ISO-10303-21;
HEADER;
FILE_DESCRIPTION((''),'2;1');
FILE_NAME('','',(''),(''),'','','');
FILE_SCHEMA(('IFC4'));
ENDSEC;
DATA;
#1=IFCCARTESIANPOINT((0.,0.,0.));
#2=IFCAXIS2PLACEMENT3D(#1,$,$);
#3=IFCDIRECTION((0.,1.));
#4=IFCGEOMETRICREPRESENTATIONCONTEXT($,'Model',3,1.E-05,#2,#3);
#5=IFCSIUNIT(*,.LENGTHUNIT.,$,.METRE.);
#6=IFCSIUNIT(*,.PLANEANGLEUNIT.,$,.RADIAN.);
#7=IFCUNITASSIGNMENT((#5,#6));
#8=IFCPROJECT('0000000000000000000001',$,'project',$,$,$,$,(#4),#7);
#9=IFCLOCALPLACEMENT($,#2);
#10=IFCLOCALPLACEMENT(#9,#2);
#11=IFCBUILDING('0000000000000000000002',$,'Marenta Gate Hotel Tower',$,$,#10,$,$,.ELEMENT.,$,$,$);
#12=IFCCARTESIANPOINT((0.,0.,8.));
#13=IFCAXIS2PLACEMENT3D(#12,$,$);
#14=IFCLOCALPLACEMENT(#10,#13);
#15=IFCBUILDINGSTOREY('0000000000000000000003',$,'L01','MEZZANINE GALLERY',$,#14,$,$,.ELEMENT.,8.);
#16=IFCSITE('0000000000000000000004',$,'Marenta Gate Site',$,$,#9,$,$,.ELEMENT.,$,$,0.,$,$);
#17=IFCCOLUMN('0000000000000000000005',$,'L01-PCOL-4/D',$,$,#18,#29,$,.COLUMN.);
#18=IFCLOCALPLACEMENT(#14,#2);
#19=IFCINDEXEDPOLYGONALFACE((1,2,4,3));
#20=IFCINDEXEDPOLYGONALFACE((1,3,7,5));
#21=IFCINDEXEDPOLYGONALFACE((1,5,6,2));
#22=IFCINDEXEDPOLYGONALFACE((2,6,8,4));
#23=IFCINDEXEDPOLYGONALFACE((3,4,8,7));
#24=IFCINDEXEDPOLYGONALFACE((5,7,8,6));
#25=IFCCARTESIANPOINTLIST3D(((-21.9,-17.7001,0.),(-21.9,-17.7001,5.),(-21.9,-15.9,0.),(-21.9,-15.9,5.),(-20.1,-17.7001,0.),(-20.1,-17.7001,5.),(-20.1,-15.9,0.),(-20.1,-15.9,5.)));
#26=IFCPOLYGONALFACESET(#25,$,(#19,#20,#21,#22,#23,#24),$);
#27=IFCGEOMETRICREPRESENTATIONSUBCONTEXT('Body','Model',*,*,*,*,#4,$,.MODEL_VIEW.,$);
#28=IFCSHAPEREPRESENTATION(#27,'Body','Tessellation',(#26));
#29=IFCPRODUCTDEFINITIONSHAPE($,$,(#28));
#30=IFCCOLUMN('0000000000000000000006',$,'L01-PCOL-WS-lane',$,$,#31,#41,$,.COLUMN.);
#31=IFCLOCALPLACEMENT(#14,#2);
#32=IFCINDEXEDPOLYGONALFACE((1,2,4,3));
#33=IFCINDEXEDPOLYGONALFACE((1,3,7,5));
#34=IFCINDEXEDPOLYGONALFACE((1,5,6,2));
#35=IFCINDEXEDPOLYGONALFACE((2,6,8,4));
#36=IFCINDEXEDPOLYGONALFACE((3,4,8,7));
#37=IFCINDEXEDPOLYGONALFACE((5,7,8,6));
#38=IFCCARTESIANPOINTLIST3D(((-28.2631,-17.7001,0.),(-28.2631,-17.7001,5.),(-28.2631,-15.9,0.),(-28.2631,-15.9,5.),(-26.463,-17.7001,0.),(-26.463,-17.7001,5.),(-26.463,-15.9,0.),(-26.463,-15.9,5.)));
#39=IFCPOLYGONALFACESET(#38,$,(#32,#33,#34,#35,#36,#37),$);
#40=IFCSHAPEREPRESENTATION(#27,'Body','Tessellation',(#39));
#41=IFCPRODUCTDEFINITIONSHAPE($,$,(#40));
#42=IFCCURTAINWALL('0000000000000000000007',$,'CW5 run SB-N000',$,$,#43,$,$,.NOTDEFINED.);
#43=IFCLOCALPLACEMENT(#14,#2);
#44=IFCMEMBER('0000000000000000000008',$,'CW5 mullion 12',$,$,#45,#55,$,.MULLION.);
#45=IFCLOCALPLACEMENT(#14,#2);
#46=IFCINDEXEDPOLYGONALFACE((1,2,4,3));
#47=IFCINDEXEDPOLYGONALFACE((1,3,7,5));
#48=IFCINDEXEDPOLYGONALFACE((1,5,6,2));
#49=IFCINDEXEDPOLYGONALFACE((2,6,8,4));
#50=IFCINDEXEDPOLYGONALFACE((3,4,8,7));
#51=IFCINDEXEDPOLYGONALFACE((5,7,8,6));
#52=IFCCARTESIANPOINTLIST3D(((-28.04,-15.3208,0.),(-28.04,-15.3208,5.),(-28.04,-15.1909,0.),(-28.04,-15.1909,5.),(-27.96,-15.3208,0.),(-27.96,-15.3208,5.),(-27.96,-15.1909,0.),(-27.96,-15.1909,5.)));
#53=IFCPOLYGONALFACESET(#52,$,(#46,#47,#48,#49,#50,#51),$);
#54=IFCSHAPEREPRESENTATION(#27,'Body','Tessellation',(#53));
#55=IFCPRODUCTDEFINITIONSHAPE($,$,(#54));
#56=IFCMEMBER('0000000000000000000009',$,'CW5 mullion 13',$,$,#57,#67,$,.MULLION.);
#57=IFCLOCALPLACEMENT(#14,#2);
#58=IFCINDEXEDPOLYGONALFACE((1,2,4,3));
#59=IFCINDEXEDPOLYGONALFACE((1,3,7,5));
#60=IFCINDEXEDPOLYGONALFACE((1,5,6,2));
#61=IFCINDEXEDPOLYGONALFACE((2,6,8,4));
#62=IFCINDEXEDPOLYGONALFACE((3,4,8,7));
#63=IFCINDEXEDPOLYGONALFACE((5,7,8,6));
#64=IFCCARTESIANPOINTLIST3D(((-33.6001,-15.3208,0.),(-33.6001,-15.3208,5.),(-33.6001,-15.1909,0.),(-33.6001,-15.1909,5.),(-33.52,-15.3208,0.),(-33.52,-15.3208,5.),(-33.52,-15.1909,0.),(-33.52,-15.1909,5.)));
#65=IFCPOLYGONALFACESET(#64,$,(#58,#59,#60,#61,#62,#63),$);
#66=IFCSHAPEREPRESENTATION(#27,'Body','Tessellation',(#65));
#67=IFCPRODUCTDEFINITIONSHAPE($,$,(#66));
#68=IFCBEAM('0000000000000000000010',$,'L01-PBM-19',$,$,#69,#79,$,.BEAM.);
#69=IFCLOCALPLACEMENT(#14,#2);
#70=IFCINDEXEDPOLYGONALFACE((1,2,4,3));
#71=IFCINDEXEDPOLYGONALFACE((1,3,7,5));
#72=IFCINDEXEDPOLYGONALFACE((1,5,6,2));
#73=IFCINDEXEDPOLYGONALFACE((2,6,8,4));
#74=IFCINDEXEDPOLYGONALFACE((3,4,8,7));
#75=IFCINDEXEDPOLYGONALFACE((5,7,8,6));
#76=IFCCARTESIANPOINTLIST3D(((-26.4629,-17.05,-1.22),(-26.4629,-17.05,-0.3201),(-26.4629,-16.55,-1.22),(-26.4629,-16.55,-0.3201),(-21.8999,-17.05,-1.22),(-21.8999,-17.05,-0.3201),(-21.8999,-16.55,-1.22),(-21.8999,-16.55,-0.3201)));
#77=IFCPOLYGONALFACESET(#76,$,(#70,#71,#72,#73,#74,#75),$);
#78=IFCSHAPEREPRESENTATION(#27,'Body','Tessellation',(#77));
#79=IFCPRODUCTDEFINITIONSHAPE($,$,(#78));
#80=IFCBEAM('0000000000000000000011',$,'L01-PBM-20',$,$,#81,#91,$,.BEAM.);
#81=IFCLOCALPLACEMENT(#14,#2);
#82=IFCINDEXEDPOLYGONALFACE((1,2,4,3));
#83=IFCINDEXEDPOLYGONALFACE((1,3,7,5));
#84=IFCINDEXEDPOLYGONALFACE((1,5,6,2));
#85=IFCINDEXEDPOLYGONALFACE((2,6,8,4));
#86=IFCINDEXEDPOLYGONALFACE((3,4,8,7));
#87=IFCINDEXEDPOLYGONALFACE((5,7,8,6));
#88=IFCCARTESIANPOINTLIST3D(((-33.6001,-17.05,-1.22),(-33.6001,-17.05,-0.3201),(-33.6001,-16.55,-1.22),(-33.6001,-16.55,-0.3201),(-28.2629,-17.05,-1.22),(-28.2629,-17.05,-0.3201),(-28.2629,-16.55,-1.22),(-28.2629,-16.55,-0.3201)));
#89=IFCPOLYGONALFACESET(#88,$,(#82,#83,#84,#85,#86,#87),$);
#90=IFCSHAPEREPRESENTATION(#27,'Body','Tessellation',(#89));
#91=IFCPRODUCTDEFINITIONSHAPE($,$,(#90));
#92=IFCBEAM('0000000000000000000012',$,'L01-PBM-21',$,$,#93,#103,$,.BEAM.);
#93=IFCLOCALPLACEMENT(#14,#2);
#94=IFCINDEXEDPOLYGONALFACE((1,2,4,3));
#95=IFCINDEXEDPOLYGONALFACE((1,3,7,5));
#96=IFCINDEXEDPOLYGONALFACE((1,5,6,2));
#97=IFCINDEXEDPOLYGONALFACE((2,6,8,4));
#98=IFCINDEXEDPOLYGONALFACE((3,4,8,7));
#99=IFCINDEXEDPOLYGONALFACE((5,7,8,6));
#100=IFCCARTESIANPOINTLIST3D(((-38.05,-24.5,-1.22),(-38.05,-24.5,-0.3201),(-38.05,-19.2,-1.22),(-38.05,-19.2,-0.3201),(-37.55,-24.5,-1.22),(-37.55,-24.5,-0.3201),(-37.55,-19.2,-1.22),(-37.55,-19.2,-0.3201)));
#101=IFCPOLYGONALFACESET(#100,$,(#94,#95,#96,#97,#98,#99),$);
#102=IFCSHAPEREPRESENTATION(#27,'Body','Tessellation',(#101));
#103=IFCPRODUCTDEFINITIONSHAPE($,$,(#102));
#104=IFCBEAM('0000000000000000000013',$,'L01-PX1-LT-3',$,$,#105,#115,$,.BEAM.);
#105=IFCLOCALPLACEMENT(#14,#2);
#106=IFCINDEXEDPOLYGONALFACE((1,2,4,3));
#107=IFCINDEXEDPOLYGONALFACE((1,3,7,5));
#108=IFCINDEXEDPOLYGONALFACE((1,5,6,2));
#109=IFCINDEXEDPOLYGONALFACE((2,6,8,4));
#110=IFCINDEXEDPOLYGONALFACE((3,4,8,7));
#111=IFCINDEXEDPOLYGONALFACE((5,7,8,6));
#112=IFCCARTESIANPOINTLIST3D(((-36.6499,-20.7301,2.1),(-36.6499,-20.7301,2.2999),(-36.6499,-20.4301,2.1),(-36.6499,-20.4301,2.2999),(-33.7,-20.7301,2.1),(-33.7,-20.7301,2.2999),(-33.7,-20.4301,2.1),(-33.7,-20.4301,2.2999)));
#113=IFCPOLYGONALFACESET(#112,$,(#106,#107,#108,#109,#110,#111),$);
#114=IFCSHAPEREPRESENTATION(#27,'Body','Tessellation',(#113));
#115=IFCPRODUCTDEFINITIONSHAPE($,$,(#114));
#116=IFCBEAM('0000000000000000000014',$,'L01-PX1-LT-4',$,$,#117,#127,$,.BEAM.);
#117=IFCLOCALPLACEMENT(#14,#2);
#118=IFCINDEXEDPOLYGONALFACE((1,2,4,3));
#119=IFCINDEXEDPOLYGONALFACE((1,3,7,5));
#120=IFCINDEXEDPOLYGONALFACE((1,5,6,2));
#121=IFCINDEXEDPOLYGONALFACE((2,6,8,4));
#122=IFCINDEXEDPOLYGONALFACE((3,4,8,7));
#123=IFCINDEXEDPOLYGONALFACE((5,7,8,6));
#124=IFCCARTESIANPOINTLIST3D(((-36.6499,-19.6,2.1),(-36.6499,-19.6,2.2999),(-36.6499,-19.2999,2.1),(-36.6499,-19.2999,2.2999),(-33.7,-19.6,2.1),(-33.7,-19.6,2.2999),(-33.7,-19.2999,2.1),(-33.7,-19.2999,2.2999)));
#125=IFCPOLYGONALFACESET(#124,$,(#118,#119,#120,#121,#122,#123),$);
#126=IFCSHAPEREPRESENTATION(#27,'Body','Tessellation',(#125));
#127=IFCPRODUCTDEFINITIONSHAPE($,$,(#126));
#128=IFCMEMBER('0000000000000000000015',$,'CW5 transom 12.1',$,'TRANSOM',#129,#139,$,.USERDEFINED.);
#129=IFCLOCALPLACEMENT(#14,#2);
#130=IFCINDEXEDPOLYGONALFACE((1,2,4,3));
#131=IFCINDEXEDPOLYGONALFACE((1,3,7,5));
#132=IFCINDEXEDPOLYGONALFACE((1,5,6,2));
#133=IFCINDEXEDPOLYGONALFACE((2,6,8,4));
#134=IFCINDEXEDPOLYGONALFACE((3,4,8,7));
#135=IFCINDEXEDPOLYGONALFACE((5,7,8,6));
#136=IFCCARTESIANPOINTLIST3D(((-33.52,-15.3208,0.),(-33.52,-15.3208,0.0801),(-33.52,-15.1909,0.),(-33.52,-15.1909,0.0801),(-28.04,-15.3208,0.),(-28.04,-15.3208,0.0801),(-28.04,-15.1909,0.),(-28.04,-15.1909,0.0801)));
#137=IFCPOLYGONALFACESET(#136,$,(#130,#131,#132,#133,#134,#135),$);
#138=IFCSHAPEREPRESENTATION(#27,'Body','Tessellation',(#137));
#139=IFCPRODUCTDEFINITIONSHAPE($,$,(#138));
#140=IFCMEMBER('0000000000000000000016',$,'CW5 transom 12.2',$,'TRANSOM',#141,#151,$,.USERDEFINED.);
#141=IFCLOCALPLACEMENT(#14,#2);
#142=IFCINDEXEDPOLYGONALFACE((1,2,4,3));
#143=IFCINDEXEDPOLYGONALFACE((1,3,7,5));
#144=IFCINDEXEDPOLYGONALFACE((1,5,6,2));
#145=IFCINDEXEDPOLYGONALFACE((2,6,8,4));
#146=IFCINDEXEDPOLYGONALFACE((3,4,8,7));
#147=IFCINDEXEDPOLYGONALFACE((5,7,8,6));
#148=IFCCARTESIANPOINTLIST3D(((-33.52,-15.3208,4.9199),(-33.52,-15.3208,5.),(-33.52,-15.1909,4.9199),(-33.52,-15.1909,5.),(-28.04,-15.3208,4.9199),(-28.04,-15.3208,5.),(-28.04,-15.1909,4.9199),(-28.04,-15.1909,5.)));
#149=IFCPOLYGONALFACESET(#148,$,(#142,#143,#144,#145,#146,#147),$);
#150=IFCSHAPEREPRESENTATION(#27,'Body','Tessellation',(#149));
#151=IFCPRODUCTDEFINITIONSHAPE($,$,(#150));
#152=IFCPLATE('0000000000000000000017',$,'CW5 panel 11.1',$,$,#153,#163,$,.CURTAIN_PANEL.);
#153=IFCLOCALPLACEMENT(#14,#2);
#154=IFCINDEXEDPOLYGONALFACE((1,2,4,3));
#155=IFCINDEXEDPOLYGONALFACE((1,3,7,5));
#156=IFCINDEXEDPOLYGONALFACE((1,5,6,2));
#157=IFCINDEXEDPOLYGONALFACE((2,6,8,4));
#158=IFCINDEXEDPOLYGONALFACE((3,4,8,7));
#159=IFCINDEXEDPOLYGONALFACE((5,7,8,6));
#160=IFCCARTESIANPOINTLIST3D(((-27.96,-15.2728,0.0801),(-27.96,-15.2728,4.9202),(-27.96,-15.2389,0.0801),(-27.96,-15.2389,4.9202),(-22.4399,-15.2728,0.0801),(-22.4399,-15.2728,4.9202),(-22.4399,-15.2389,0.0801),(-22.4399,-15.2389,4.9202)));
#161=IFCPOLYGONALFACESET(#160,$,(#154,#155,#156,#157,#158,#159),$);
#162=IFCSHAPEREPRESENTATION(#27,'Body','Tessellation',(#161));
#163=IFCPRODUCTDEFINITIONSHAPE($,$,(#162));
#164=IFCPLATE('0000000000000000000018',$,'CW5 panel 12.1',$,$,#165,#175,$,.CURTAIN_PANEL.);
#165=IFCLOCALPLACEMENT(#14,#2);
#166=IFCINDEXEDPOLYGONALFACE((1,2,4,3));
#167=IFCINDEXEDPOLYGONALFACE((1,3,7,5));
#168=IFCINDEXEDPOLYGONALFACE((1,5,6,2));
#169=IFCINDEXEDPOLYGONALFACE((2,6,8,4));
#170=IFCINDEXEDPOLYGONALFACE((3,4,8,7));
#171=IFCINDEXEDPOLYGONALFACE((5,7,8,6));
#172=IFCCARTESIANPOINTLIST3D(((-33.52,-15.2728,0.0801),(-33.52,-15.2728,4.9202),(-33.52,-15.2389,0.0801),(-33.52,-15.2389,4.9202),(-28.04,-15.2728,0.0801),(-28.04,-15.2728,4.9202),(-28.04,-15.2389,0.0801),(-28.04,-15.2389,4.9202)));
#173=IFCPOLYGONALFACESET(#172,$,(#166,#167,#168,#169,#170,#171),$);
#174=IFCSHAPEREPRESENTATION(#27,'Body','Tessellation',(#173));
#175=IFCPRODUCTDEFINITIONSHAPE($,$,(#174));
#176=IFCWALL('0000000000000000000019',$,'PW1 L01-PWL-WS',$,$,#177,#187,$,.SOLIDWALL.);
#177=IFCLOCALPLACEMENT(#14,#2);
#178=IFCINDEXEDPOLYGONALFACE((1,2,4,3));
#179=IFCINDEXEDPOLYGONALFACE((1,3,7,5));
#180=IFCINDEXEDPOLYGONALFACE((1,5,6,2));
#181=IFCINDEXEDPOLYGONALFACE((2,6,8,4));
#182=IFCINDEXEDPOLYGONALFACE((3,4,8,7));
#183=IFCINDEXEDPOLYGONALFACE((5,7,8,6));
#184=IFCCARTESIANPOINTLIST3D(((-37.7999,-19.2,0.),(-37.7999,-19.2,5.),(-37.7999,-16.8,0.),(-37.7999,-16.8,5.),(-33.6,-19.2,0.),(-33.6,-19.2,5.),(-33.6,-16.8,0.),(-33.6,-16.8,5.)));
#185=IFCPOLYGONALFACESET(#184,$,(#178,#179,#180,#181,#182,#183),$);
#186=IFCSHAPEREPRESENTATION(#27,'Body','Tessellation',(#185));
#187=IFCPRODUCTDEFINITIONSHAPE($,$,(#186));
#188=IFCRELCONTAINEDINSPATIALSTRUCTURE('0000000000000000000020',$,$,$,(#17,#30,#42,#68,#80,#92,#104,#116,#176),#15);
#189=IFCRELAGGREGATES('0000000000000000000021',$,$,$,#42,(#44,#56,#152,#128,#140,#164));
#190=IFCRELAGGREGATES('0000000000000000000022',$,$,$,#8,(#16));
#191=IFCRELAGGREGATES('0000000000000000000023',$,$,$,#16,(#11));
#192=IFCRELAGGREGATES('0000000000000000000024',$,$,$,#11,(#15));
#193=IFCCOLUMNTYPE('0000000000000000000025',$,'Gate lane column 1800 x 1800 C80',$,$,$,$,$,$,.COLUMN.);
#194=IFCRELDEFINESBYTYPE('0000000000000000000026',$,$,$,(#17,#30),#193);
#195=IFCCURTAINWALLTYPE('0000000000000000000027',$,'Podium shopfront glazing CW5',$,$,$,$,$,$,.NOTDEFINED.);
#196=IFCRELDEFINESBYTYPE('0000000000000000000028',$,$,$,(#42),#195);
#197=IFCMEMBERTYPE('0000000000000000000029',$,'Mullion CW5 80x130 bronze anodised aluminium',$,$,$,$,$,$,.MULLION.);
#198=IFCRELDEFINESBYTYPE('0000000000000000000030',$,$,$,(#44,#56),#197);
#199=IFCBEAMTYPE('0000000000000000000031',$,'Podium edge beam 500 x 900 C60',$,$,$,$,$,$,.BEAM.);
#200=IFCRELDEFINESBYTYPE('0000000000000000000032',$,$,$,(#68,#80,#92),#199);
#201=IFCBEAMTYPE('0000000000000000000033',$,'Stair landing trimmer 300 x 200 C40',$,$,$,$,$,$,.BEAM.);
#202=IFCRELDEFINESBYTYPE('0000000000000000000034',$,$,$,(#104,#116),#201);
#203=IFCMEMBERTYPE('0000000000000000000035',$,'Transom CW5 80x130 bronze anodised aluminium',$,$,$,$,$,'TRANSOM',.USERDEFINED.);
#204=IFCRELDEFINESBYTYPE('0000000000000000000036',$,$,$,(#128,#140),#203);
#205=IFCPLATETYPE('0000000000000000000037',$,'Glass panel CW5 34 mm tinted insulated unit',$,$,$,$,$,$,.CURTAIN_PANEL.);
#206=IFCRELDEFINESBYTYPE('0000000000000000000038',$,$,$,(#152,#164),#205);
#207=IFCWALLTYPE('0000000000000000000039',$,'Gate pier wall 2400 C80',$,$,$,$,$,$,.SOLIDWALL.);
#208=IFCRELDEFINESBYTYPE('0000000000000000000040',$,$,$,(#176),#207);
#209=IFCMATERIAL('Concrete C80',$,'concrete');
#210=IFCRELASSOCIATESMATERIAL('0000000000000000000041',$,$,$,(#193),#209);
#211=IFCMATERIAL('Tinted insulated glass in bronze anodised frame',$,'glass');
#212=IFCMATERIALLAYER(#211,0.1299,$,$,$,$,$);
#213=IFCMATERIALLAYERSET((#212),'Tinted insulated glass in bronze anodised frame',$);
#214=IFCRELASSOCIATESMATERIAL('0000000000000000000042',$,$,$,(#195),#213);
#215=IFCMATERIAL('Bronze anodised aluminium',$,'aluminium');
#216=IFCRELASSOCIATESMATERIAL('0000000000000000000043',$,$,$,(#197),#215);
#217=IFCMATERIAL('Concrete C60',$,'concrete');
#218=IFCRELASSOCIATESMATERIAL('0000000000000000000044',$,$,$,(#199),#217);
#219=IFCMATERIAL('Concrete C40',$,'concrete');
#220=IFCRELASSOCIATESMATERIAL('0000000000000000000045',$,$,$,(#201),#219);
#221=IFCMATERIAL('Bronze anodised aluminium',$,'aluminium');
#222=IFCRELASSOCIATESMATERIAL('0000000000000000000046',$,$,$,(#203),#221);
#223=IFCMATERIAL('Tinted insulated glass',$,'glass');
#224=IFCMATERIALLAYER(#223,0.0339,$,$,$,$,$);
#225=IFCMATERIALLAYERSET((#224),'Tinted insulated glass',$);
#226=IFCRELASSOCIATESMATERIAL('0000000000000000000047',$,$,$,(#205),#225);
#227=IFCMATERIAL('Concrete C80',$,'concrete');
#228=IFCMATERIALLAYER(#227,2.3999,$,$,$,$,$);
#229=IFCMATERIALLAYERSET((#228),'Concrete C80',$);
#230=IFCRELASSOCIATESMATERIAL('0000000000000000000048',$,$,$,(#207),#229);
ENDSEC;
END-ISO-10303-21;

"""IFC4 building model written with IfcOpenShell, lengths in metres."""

from ifc_helpers import new_model, si_unit, direction, frame, frame_2d, origin, origin_2d, place, context, subcontext, project, spatial, rectangle, extrude, material, layer, layer_set, material_profile, profile_set, type_object, element, aggregate, save


model = new_model("IFC4")

# Units and contexts
model_context = context("Model", 3, precision=1e-05, world=origin(), true_north=direction((0.0, 1.0)))
body_context = subcontext(model_context, "Body", "Model", "MODEL_VIEW")
ifc_project = project(units=[si_unit("LENGTHUNIT", "METRE"), si_unit("PLANEANGLEUNIT", "RADIAN")], contexts=[model_context])

# Site, building, storey
site_placement = place(None, origin())
site = spatial("IfcSite", under=ifc_project, at=site_placement, Name="Marenta Gate Site", CompositionType="ELEMENT", RefElevation=0.0)
building_placement = place(site_placement, origin())
building = spatial("IfcBuilding", under=site, at=building_placement, Name="Marenta Gate Hotel Tower", CompositionType="ELEMENT")
storey_placement = place(building_placement, frame((0.0, 0.0, 8.0)))
storey = spatial("IfcBuildingStorey", under=building, at=storey_placement, Name="L01", Description="MEZZANINE GALLERY", CompositionType="ELEMENT", Elevation=8.0)

# Columns
ifc_material_1 = material(Name="Concrete C80", Category="concrete")
ifc_material_profile_1 = material_profile(ifc_material_1, rectangle(XDim=1.8, YDim=1.8, at=origin_2d()), Name="1800 x 1800")
ifc_profile_set_1 = profile_set([ifc_material_profile_1], Name="Concrete C80")
column_type = type_object("IfcColumnType", Name="Gate lane column 1800 x 1800 C80", PredefinedType="COLUMN", material=ifc_profile_set_1)
for number, where, z_axis, x_axis, name in (
    (1, (-21.0, -16.8, 0.0), (0.0, 0.0, 1.0), (1.0, 0.0, 0.0), "L01-PCOL-4/D"),
    (2, (-27.363, -16.8, 0.0), (0.0, 0.0, 1.0), (1.0, 0.0, 0.0), "L01-PCOL-WS-lane"),
):
    element("IfcColumn", number, at=place(storey_placement, frame(where, z_axis=z_axis, x_axis=x_axis)), inside=storey, type_object=column_type, Name=name, PredefinedType="COLUMN", context=body_context, shape_type="SweptSolid", body=[
        extrude(rectangle(XDim=1.8, YDim=1.8, at=origin_2d()), origin(), (0.0, 0.0, 1.0), 5.0),
    ])

# Curtain wall, members
ifc_material_2 = material(Name="Tinted insulated glass in bronze anodised frame", Category="glass")
ifc_layer_1 = layer(ifc_material_2, 0.1299)
ifc_layer_set_1 = layer_set([ifc_layer_1], Name="Tinted insulated glass in bronze anodised frame")
curtain_wall_type = type_object("IfcCurtainWallType", Name="Podium shopfront glazing CW5", PredefinedType="NOTDEFINED", material=ifc_layer_set_1)
curtain_wall_placement = place(storey_placement, origin())
curtain_wall = element("IfcCurtainWall", 3, at=curtain_wall_placement, inside=storey, type_object=curtain_wall_type, Name="CW5 run SB-N000", PredefinedType="NOTDEFINED")
ifc_material_3 = material(Name="Bronze anodised aluminium", Category="aluminium")
ifc_material_profile_2 = material_profile(ifc_material_3, rectangle(XDim=0.1299, YDim=0.0801, at=origin_2d()), Name="Mullion CW5 80x130 bronze anodised aluminium")
ifc_profile_set_2 = profile_set([ifc_material_profile_2], Name="Bronze anodised aluminium")
member_type_1 = type_object("IfcMemberType", Name="Mullion CW5 80x130 bronze anodised aluminium", PredefinedType="MULLION", material=ifc_profile_set_2)
member_1_placement = place(storey_placement, frame((-28.0, -15.2559, 0.0), z_axis=(0.0, 0.0, 1.0), x_axis=(0.0, -1.0, 0.0)))
member_1 = element("IfcMember", 4, at=member_1_placement, type_object=member_type_1, Name="CW5 mullion 12", PredefinedType="MULLION", context=body_context, shape_type="SweptSolid", body=[
    extrude(rectangle(XDim=0.1299, YDim=0.0801, at=origin_2d()), origin(), (0.0, 0.0, 1.0), 5.0),
])
member_2_placement = place(storey_placement, frame((-33.5601, -15.2559, 0.0), z_axis=(0.0, 0.0, 1.0), x_axis=(0.0, -1.0, 0.0)))
member_2 = element("IfcMember", 5, at=member_2_placement, type_object=member_type_1, Name="CW5 mullion 13", PredefinedType="MULLION", context=body_context, shape_type="SweptSolid", body=[
    extrude(rectangle(XDim=0.1299, YDim=0.0801, at=origin_2d()), origin(), (0.0, 0.0, 1.0), 5.0),
])

# Beams
ifc_material_4 = material(Name="Concrete C60", Category="concrete")
ifc_material_profile_3 = material_profile(ifc_material_4, rectangle(XDim=0.5, YDim=0.8999, at=origin_2d()), Name="500 x 900")
ifc_profile_set_3 = profile_set([ifc_material_profile_3], Name="Concrete C60")
beam_type_1 = type_object("IfcBeamType", Name="Podium edge beam 500 x 900 C60", PredefinedType="BEAM", material=ifc_profile_set_3)
beam_1_placement = place(storey_placement, frame((-21.8999, -16.8, -0.77), z_axis=(-1.0, 0.0, 0.0), x_axis=(0.0, -1.0, 0.0)))
element("IfcBeam", 6, at=beam_1_placement, inside=storey, type_object=beam_type_1, Name="L01-PBM-19", PredefinedType="BEAM", context=body_context, shape_type="SweptSolid", body=[
    extrude(rectangle(XDim=0.5, YDim=0.8999, at=origin_2d()), origin(), (0.0, 0.0, 1.0), 4.563),
])
beam_2_placement = place(storey_placement, frame((-28.2629, -16.8, -0.77), z_axis=(-1.0, 0.0, 0.0), x_axis=(0.0, -1.0, 0.0)))
element("IfcBeam", 7, at=beam_2_placement, inside=storey, type_object=beam_type_1, Name="L01-PBM-20", PredefinedType="BEAM", context=body_context, shape_type="SweptSolid", body=[
    extrude(rectangle(XDim=0.5, YDim=0.8999, at=origin_2d()), origin(), (0.0, 0.0, 1.0), 5.3372),
])
beam_3_placement = place(storey_placement, frame((-37.8, -19.2, -0.77), z_axis=(0.0, -1.0, 0.0), x_axis=(1.0, 0.0, 0.0)))
element("IfcBeam", 8, at=beam_3_placement, inside=storey, type_object=beam_type_1, Name="L01-PBM-21", PredefinedType="BEAM", context=body_context, shape_type="SweptSolid", body=[
    extrude(rectangle(XDim=0.5, YDim=0.8999, at=origin_2d()), origin(), (0.0, 0.0, 1.0), 5.3),
])
ifc_material_5 = material(Name="Concrete C40", Category="concrete")
ifc_material_profile_4 = material_profile(ifc_material_5, rectangle(XDim=0.3, YDim=0.2, at=origin_2d()), Name="300 x 200")
ifc_profile_set_4 = profile_set([ifc_material_profile_4], Name="Concrete C40")
beam_type_2 = type_object("IfcBeamType", Name="Stair landing trimmer 300 x 200 C40", PredefinedType="BEAM", material=ifc_profile_set_4)
for number, where, z_axis, x_axis, name in (
    (9, (-36.6499, -20.5801, 2.2), (1.0, 0.0, 0.0), (0.0, 1.0, 0.0), "L01-PX1-LT-3"),
    (10, (-36.6499, -19.45, 2.2), (1.0, 0.0, 0.0), (0.0, 1.0, 0.0), "L01-PX1-LT-4"),
):
    element("IfcBeam", number, at=place(storey_placement, frame(where, z_axis=z_axis, x_axis=x_axis)), inside=storey, type_object=beam_type_2, Name=name, PredefinedType="BEAM", context=body_context, shape_type="SweptSolid", body=[
        extrude(rectangle(XDim=0.3, YDim=0.2, at=origin_2d()), origin(), (0.0, 0.0, 1.0), 2.95),
    ])

# Members
ifc_material_6 = material(Name="Bronze anodised aluminium", Category="aluminium")
ifc_material_profile_5 = material_profile(ifc_material_6, rectangle(XDim=0.1299, YDim=0.0801, at=origin_2d()), Name="Transom CW5 80x130 bronze anodised aluminium")
ifc_profile_set_5 = profile_set([ifc_material_profile_5], Name="Bronze anodised aluminium")
member_type_2 = type_object("IfcMemberType", Name="Transom CW5 80x130 bronze anodised aluminium", ElementType="TRANSOM", PredefinedType="USERDEFINED", material=ifc_profile_set_5)
member_3_placement = place(storey_placement, frame((-28.04, -15.2559, 0.04), z_axis=(-1.0, 0.0, 0.0), x_axis=(0.0, -1.0, 0.0)))
member_3 = element("IfcMember", 11, at=member_3_placement, type_object=member_type_2, Name="CW5 transom 12.1", ObjectType="TRANSOM", PredefinedType="USERDEFINED", context=body_context, shape_type="SweptSolid", body=[
    extrude(rectangle(XDim=0.1299, YDim=0.0801, at=origin_2d()), origin(), (0.0, 0.0, 1.0), 5.48),
])
member_4_placement = place(storey_placement, frame((-28.04, -15.2559, 4.96), z_axis=(-1.0, 0.0, 0.0), x_axis=(0.0, -1.0, 0.0)))
member_4 = element("IfcMember", 12, at=member_4_placement, type_object=member_type_2, Name="CW5 transom 12.2", ObjectType="TRANSOM", PredefinedType="USERDEFINED", context=body_context, shape_type="SweptSolid", body=[
    extrude(rectangle(XDim=0.1299, YDim=0.0801, at=origin_2d()), origin(), (0.0, 0.0, 1.0), 5.48),
])

# Plates
ifc_material_7 = material(Name="Tinted insulated glass", Category="glass")
ifc_layer_2 = layer(ifc_material_7, 0.0339)
ifc_layer_set_2 = layer_set([ifc_layer_2], Name="Tinted insulated glass")
plate_type = type_object("IfcPlateType", Name="Glass panel CW5 34 mm tinted insulated unit", PredefinedType="CURTAIN_PANEL", material=ifc_layer_set_2)
plate_1_placement = place(storey_placement, frame((-25.2, -15.2559, 0.0801), z_axis=(0.0, 0.0, 1.0), x_axis=(-1.0, 0.0, 0.0)))
plate_1 = element("IfcPlate", 13, at=plate_1_placement, type_object=plate_type, Name="CW5 panel 11.1", PredefinedType="CURTAIN_PANEL", context=body_context, shape_type="SweptSolid", body=[
    extrude(rectangle(XDim=5.52, YDim=0.0339, at=origin_2d()), origin(), (0.0, 0.0, 1.0), 4.8401),
])
plate_2_placement = place(storey_placement, frame((-30.78, -15.2559, 0.0801), z_axis=(0.0, 0.0, 1.0), x_axis=(-1.0, 0.0, 0.0)))
plate_2 = element("IfcPlate", 14, at=plate_2_placement, type_object=plate_type, Name="CW5 panel 12.1", PredefinedType="CURTAIN_PANEL", context=body_context, shape_type="SweptSolid", body=[
    extrude(rectangle(XDim=5.48, YDim=0.0339, at=origin_2d()), origin(), (0.0, 0.0, 1.0), 4.8401),
])
aggregate(curtain_wall, [member_1, member_2, plate_1, member_3, member_4, plate_2])

# Wall
ifc_material_8 = material(Name="Concrete C80", Category="concrete")
ifc_layer_3 = layer(ifc_material_8, 2.3999)
ifc_layer_set_3 = layer_set([ifc_layer_3], Name="Concrete C80")
wall_type_1 = type_object("IfcWallType", Name="Gate pier wall 2400 C80", PredefinedType="SOLIDWALL", material=ifc_layer_set_3)
wall_1_placement = place(storey_placement, frame((-37.8, -18.0, 0.0), z_axis=(0.0, 0.0, 1.0), x_axis=(1.0, 0.0, 0.0)))
element("IfcWall", 15, at=wall_1_placement, inside=storey, type_object=wall_type_1, Name="PW1 L01-PWL-WS", PredefinedType="SOLIDWALL", context=body_context, shape_type="SweptSolid", body=[
    extrude(rectangle(XDim=4.2, YDim=2.3999, at=frame_2d((2.1001, 0.0))), origin(), (0.0, 0.0, 1.0), 5.0),
])

save(model, "model.ifc")
